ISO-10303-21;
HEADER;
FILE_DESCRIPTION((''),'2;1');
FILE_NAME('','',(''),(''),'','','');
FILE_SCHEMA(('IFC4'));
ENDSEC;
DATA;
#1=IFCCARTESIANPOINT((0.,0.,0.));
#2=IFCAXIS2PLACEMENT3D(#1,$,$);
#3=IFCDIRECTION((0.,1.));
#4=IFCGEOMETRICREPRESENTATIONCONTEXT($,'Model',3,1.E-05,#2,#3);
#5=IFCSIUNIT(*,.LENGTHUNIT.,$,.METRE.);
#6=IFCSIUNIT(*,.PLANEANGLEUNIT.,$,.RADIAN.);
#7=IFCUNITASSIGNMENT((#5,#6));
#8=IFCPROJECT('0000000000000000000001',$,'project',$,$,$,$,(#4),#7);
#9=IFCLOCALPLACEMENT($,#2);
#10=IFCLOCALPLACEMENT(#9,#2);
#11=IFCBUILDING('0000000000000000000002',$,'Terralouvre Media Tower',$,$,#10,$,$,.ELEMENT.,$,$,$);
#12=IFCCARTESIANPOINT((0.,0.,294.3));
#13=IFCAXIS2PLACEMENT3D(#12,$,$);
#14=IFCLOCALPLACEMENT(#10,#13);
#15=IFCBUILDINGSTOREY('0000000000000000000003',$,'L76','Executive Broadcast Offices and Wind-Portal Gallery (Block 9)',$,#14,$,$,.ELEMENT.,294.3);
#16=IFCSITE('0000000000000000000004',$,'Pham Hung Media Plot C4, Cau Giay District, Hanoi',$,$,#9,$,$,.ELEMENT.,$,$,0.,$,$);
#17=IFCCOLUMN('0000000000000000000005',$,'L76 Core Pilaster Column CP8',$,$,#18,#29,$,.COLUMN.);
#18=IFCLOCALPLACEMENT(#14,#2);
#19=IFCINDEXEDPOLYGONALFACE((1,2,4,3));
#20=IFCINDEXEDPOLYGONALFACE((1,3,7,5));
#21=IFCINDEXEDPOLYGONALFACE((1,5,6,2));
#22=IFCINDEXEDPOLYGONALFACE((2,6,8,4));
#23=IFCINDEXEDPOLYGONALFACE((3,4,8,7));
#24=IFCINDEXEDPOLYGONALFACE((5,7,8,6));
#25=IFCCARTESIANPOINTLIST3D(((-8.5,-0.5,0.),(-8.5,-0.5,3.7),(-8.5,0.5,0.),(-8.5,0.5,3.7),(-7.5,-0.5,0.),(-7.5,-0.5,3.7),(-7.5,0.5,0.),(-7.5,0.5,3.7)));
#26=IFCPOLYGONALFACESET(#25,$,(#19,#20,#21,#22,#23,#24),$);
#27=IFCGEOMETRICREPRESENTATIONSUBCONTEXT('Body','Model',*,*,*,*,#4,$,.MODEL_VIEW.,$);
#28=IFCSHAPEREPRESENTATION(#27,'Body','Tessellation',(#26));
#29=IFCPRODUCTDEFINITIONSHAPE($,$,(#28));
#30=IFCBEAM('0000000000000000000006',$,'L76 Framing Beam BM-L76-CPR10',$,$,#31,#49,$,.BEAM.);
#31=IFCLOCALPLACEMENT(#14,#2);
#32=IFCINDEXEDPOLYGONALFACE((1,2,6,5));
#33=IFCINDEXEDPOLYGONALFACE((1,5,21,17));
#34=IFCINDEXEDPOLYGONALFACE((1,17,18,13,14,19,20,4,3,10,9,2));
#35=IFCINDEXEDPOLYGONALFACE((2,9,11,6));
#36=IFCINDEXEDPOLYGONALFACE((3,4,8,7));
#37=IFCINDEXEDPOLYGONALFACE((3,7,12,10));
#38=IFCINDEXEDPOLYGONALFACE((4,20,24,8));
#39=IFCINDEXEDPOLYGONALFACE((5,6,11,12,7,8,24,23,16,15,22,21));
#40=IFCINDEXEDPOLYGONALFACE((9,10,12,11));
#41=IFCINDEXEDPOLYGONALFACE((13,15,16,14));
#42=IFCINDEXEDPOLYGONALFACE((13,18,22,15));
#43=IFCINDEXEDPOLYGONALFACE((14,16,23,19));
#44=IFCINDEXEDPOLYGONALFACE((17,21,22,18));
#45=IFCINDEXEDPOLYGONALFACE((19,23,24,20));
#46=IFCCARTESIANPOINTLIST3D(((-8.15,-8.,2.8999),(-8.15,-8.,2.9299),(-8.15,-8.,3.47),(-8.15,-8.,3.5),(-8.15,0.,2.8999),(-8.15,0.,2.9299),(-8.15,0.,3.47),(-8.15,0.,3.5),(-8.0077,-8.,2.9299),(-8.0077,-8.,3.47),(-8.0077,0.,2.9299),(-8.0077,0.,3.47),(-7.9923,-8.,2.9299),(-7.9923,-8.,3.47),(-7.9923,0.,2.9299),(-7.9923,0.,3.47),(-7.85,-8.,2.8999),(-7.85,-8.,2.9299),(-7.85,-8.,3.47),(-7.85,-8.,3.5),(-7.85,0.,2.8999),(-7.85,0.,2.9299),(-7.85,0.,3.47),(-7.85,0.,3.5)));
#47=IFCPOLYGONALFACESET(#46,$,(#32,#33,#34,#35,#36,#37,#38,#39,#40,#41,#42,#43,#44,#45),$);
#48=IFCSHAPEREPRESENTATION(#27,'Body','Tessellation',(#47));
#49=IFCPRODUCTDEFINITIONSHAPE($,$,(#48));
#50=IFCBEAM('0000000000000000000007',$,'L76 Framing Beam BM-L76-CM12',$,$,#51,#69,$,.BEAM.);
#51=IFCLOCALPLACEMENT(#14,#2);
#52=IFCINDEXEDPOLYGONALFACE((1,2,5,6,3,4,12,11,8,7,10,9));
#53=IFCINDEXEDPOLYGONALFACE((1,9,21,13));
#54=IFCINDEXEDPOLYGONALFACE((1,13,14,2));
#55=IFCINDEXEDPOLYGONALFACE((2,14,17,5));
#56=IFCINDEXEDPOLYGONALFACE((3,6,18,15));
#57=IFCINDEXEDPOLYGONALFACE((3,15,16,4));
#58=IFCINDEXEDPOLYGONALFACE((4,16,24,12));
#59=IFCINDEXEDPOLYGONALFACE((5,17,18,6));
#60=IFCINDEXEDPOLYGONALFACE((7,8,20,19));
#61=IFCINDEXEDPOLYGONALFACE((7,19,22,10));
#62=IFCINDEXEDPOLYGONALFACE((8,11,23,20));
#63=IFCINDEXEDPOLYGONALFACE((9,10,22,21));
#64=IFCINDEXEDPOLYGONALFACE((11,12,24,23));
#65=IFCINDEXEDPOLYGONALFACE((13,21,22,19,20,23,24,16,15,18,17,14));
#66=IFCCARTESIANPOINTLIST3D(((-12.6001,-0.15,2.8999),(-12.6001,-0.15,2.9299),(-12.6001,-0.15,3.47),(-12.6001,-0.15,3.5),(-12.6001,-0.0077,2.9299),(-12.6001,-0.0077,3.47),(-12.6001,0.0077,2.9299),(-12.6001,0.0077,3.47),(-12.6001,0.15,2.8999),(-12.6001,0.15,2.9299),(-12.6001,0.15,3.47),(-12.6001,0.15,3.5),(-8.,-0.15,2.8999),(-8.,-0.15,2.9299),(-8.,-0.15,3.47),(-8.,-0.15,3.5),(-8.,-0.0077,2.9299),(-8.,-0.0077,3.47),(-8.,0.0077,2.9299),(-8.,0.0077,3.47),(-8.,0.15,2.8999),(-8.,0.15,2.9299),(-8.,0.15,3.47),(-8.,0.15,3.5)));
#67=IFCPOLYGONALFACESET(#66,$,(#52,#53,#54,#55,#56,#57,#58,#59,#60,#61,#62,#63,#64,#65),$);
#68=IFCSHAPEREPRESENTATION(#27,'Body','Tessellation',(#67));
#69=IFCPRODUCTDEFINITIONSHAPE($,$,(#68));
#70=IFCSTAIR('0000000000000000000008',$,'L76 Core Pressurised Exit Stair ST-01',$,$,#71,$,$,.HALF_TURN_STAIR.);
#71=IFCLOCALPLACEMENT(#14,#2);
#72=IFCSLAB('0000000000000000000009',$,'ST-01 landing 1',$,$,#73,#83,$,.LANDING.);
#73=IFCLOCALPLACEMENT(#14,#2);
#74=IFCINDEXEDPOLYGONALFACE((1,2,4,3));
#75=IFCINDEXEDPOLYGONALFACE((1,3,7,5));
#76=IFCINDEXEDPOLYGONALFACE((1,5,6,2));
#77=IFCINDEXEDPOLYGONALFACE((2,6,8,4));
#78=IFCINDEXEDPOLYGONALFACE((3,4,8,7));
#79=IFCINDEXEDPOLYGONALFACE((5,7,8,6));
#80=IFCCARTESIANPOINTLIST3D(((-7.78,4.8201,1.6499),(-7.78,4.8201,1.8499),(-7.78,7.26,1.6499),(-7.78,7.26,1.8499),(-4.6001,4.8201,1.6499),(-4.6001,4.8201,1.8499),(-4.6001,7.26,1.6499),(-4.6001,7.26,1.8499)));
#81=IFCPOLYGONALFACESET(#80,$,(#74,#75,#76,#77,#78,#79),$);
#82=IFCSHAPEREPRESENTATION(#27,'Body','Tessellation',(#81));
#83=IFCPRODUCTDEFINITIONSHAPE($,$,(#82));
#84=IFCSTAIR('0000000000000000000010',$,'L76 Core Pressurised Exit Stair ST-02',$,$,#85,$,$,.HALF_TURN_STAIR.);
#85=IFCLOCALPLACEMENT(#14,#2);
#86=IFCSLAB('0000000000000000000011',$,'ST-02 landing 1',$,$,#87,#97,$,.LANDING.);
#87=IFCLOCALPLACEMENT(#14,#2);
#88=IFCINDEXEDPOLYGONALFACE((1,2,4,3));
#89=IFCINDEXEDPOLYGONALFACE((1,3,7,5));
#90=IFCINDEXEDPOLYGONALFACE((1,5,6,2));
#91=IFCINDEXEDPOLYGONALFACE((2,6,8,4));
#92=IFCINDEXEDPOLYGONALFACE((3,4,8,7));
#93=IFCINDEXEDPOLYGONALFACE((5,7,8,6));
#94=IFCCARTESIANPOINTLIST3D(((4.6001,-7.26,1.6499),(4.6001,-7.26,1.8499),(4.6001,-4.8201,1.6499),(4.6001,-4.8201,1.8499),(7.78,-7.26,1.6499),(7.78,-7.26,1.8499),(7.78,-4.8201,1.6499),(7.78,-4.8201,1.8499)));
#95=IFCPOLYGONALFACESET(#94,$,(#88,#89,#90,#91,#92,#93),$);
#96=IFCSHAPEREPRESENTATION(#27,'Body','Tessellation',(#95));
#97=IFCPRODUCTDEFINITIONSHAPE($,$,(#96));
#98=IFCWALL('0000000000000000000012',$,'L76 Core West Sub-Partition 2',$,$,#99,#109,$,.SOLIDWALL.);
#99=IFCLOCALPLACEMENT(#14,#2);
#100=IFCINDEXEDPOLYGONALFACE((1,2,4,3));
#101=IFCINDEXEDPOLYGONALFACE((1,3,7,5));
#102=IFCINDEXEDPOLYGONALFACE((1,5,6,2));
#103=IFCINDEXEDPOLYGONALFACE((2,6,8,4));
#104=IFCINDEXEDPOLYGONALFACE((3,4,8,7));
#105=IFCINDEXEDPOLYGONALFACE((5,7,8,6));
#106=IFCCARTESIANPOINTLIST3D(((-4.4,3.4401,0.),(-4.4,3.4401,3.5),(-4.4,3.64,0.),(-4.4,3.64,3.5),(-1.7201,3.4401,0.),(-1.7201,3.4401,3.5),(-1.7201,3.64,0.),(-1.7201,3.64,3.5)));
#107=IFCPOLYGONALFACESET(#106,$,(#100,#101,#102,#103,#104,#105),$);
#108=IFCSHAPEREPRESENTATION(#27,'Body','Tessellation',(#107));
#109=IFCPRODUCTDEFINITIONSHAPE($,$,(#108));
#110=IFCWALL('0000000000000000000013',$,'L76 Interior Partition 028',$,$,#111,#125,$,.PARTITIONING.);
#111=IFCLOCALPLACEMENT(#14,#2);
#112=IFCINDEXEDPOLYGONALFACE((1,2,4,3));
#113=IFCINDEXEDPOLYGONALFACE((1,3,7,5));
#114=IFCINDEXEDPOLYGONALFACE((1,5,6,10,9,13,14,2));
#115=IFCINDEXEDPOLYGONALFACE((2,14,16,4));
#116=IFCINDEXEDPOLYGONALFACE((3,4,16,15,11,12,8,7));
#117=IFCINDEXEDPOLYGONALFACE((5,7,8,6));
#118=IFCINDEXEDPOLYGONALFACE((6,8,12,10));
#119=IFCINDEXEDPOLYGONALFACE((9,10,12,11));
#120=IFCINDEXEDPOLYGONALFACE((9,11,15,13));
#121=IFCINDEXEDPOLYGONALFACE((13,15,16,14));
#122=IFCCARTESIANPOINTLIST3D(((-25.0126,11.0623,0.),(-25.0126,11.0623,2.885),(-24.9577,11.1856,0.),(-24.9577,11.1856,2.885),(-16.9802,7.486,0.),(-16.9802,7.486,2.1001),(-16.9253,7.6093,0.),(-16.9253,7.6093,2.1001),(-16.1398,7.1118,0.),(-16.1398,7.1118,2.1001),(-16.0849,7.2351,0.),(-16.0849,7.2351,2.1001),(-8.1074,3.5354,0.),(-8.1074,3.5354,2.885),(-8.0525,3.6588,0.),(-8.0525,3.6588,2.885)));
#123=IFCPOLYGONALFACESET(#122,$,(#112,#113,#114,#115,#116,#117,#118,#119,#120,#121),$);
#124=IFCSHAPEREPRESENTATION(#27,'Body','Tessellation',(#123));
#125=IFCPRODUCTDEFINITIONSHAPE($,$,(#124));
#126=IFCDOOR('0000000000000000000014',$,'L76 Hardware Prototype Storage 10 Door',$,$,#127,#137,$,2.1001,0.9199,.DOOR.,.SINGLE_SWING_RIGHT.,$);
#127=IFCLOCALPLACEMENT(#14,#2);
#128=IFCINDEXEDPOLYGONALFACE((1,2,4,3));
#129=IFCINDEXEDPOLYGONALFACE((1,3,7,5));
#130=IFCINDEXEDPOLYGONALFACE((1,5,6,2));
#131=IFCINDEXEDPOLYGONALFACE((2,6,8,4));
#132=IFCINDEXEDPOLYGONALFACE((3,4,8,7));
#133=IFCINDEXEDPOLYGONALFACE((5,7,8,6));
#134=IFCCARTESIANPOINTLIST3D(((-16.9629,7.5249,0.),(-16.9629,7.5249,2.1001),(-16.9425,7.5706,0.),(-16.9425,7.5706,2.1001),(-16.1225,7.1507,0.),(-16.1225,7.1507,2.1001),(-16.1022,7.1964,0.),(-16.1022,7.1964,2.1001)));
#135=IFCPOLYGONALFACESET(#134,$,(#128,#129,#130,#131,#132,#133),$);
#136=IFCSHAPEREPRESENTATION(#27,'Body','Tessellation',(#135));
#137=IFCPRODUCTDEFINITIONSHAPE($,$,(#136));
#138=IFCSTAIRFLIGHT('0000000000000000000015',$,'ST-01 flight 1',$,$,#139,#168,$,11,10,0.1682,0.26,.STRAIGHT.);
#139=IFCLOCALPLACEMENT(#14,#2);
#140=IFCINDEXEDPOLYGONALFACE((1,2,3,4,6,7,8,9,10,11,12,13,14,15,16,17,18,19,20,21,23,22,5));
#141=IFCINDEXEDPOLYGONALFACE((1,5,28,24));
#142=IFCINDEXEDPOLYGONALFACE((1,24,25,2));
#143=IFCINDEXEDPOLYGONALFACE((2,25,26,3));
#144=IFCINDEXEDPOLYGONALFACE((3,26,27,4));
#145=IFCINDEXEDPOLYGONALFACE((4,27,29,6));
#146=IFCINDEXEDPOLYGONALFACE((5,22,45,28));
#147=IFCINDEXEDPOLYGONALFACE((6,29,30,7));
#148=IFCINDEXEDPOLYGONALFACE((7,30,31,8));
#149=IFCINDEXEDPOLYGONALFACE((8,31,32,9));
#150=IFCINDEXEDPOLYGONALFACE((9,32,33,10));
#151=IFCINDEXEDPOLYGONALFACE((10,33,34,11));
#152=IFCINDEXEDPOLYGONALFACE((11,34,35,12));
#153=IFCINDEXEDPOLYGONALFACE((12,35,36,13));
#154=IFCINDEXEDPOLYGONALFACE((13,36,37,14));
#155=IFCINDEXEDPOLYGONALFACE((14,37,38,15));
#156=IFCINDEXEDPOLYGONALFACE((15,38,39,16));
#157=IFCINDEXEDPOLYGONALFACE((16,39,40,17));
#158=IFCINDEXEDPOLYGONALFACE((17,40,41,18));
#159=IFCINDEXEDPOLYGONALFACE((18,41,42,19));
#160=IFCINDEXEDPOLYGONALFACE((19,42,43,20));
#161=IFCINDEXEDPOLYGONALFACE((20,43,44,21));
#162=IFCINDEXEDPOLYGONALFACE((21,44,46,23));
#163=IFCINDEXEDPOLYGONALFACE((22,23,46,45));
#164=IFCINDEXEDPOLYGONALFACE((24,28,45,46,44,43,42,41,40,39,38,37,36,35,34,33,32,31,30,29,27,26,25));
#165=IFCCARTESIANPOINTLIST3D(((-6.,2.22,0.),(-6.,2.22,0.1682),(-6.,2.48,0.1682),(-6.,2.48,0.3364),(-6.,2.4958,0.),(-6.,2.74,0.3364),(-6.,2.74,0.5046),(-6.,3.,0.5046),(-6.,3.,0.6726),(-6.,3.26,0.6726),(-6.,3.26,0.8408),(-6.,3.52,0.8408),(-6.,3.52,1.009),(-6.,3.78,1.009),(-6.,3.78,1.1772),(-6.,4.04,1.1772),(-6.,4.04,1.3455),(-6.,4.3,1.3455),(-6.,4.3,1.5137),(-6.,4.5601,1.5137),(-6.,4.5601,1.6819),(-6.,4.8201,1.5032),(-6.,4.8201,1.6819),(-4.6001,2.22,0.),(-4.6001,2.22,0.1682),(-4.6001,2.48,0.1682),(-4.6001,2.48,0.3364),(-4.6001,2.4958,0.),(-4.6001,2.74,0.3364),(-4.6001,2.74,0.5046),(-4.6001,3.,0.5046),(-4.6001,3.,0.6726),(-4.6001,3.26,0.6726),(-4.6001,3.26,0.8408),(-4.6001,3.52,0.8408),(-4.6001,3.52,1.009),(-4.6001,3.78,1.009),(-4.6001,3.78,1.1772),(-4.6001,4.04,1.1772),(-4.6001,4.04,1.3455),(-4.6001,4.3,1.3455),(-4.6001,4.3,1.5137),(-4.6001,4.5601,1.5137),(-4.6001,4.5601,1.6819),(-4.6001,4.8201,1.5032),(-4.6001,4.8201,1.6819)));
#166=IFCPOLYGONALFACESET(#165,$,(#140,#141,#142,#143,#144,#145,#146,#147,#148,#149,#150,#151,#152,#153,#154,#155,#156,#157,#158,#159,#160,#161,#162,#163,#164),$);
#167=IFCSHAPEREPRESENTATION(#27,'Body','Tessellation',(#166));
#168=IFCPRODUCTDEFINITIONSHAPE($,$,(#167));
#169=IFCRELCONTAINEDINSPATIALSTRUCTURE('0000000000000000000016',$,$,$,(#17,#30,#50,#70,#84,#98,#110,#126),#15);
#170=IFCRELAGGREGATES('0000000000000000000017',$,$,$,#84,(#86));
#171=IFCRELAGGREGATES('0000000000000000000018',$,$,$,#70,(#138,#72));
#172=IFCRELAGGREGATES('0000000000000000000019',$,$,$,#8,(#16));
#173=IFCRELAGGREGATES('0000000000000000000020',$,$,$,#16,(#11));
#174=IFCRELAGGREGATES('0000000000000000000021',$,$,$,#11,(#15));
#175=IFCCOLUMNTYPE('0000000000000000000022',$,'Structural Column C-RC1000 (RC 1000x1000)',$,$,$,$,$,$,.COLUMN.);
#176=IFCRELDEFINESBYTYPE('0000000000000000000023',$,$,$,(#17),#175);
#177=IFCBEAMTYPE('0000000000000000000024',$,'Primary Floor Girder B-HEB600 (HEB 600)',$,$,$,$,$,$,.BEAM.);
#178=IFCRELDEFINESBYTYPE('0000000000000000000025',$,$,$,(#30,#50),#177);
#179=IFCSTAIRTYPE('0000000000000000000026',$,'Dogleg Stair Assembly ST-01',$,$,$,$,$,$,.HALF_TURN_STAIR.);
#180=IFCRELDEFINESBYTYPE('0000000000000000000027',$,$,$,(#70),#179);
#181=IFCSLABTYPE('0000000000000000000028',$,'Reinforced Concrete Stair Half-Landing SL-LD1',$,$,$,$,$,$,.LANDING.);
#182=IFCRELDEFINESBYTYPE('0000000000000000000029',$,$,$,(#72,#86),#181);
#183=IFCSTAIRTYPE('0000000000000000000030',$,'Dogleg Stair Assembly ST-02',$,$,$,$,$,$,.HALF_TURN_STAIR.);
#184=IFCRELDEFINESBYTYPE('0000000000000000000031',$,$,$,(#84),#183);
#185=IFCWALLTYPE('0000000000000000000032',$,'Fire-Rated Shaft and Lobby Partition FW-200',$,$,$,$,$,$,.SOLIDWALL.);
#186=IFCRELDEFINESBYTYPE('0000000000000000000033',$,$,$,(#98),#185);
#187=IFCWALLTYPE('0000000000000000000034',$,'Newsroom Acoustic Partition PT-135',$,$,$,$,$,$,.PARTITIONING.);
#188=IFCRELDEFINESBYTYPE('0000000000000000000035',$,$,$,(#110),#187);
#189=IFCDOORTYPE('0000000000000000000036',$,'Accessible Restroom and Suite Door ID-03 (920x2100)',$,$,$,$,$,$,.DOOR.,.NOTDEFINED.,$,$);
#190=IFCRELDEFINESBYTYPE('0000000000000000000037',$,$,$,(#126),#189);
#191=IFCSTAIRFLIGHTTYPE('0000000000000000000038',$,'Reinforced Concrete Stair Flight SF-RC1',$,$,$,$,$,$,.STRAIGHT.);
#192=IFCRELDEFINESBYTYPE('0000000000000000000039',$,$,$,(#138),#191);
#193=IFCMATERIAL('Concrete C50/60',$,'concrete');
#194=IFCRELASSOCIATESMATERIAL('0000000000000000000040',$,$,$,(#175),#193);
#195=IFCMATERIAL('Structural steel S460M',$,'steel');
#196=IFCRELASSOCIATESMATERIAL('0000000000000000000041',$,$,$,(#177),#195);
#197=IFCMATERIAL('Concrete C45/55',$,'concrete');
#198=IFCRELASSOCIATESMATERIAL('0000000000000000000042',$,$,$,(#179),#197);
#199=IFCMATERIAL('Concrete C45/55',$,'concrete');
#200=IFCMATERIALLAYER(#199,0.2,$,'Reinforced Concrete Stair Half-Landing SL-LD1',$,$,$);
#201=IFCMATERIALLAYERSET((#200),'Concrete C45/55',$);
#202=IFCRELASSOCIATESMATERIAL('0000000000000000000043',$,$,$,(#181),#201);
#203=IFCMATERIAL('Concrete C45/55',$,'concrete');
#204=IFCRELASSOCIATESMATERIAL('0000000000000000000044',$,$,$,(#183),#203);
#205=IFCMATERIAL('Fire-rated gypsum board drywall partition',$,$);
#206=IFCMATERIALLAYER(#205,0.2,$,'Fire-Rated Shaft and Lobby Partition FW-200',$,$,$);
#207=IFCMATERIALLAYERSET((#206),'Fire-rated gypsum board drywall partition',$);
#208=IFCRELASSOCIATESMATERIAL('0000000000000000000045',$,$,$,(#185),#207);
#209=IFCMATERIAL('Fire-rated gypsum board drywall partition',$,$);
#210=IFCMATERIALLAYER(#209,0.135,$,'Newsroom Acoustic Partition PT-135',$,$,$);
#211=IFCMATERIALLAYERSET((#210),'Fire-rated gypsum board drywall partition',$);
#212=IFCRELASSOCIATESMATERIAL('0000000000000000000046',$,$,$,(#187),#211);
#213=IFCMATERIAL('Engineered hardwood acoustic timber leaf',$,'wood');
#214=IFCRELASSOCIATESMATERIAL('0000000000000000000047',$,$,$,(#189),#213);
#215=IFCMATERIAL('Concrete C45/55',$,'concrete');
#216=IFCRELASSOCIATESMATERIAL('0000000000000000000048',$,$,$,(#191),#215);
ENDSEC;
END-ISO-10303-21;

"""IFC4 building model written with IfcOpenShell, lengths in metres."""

from ifc_helpers import new_model, si_unit, direction, frame, frame_2d, origin, origin_2d, place, context, subcontext, project, spatial, polyline, rectangle, i_section, outline, extrude, material, layer, layer_set, material_profile, profile_set, type_object, element, fill, aggregate, save


model = new_model("IFC4")

# Units and contexts
model_context = context("Model", 3, precision=1e-05, world=origin(), true_north=direction((0.0, 1.0)))
body_context = subcontext(model_context, "Body", "Model", "MODEL_VIEW")
ifc_project = project(units=[si_unit("LENGTHUNIT", "METRE"), si_unit("PLANEANGLEUNIT", "RADIAN")], contexts=[model_context])

# Site, building, storey
site_placement = place(None, origin())
site = spatial("IfcSite", under=ifc_project, at=site_placement, Name="Pham Hung Media Plot C4, Cau Giay District, Hanoi", CompositionType="ELEMENT", RefElevation=0.0)
building_placement = place(site_placement, origin())
building = spatial("IfcBuilding", under=site, at=building_placement, Name="Terralouvre Media Tower", CompositionType="ELEMENT")
storey_placement = place(building_placement, frame((0.0, 0.0, 294.3)))
storey = spatial("IfcBuildingStorey", under=building, at=storey_placement, Name="L76", Description="Executive Broadcast Offices and Wind-Portal Gallery (Block 9)", CompositionType="ELEMENT", Elevation=294.3)

# Column
ifc_material_1 = material(Name="Concrete C50/60", Category="concrete")
ifc_material_profile_1 = material_profile(ifc_material_1, rectangle(XDim=1.0, YDim=1.0, at=origin_2d()), Name="RC 1000x1000")
ifc_profile_set_1 = profile_set([ifc_material_profile_1], Name="Concrete C50/60")
column_type = type_object("IfcColumnType", Name="Structural Column C-RC1000 (RC 1000x1000)", PredefinedType="COLUMN", material=ifc_profile_set_1)
column_placement = place(storey_placement, frame((-8.0, 0.0, 0.0), z_axis=(0.0, 0.0, 1.0), x_axis=(1.0, 0.0, 0.0)))
element("IfcColumn", 1, at=column_placement, inside=storey, type_object=column_type, Name="L76 Core Pilaster Column CP8", PredefinedType="COLUMN", context=body_context, shape_type="SweptSolid", body=[
    extrude(rectangle(XDim=1.0, YDim=1.0, at=origin_2d()), origin(), (0.0, 0.0, 1.0), 3.7),
])

# Beams
ifc_material_2 = material(Name="Structural steel S460M", Category="steel")
ifc_material_profile_2 = material_profile(ifc_material_2, i_section(OverallWidth=0.3, OverallDepth=0.6001, WebThickness=0.0154, FlangeThickness=0.03, at=origin_2d()), Name="HEB 600")
ifc_profile_set_2 = profile_set([ifc_material_profile_2], Name="Structural steel S460M")
beam_type = type_object("IfcBeamType", Name="Primary Floor Girder B-HEB600 (HEB 600)", PredefinedType="BEAM", material=ifc_profile_set_2)
beam_1_placement = place(storey_placement, frame((-8.0, 0.0, 3.2), z_axis=(0.0, -1.0, 0.0), x_axis=(1.0, 0.0, 0.0)))
element("IfcBeam", 2, at=beam_1_placement, inside=storey, type_object=beam_type, Name="L76 Framing Beam BM-L76-CPR10", PredefinedType="BEAM", context=body_context, shape_type="SweptSolid", body=[
    extrude(i_section(OverallWidth=0.3, OverallDepth=0.6001, WebThickness=0.0154, FlangeThickness=0.03, at=origin_2d()), origin(), (0.0, 0.0, 1.0), 8.0),
])
beam_2_placement = place(storey_placement, frame((-8.0, 0.0, 3.2), z_axis=(-1.0, 0.0, 0.0), x_axis=(0.0, -1.0, 0.0)))
element("IfcBeam", 3, at=beam_2_placement, inside=storey, type_object=beam_type, Name="L76 Framing Beam BM-L76-CM12", PredefinedType="BEAM", context=body_context, shape_type="SweptSolid", body=[
    extrude(i_section(OverallWidth=0.3, OverallDepth=0.6001, WebThickness=0.0154, FlangeThickness=0.03, at=origin_2d()), origin(), (0.0, 0.0, 1.0), 4.6001),
])

# Stairs, slabs
ifc_material_3 = material(Name="Concrete C45/55", Category="concrete")
stair_type_1 = type_object("IfcStairType", Name="Dogleg Stair Assembly ST-01", PredefinedType="HALF_TURN_STAIR", material=ifc_material_3)
stair_1_placement = place(storey_placement, origin())
stair_1 = element("IfcStair", 4, at=stair_1_placement, inside=storey, type_object=stair_type_1, Name="L76 Core Pressurised Exit Stair ST-01", PredefinedType="HALF_TURN_STAIR")
ifc_material_4 = material(Name="Concrete C45/55", Category="concrete")
ifc_layer_1 = layer(ifc_material_4, 0.2, Name="Reinforced Concrete Stair Half-Landing SL-LD1")
ifc_layer_set_1 = layer_set([ifc_layer_1], Name="Concrete C45/55")
slab_type_1 = type_object("IfcSlabType", Name="Reinforced Concrete Stair Half-Landing SL-LD1", PredefinedType="LANDING", material=ifc_layer_set_1)
slab_1_placement = place(storey_placement, frame((0.0, 0.0, 1.6499)))
slab_1 = element("IfcSlab", 5, at=slab_1_placement, type_object=slab_type_1, Name="ST-01 landing 1", PredefinedType="LANDING", context=body_context, shape_type="SweptSolid", body=[
    extrude(outline(polyline([(-4.6001, 4.8201), (-4.6001, 7.26), (-7.78, 7.26), (-7.78, 4.8201), (-4.6001, 4.8201)])), origin(), (0.0, 0.0, 1.0), 0.2),
])
ifc_material_5 = material(Name="Concrete C45/55", Category="concrete")
stair_type_2 = type_object("IfcStairType", Name="Dogleg Stair Assembly ST-02", PredefinedType="HALF_TURN_STAIR", material=ifc_material_5)
stair_2_placement = place(storey_placement, origin())
stair_2 = element("IfcStair", 6, at=stair_2_placement, inside=storey, type_object=stair_type_2, Name="L76 Core Pressurised Exit Stair ST-02", PredefinedType="HALF_TURN_STAIR")
slab_2_placement = place(storey_placement, frame((0.0, 0.0, 1.6499)))
slab_2 = element("IfcSlab", 7, at=slab_2_placement, type_object=slab_type_1, Name="ST-02 landing 1", PredefinedType="LANDING", context=body_context, shape_type="SweptSolid", body=[
    extrude(outline(polyline([(4.6001, -4.8201), (4.6001, -7.26), (7.78, -7.26), (7.78, -4.8201), (4.6001, -4.8201)])), origin(), (0.0, 0.0, 1.0), 0.2),
])
aggregate(stair_2, [slab_2])

# Wall
ifc_material_6 = material(Name="Fire-rated gypsum board drywall partition")
ifc_layer_2 = layer(ifc_material_6, 0.2, Name="Fire-Rated Shaft and Lobby Partition FW-200")
ifc_layer_set_2 = layer_set([ifc_layer_2], Name="Fire-rated gypsum board drywall partition")
wall_type_1 = type_object("IfcWallType", Name="Fire-Rated Shaft and Lobby Partition FW-200", PredefinedType="SOLIDWALL", material=ifc_layer_set_2)
wall_1_placement = place(storey_placement, frame((-4.3999, 3.54, 0.0), z_axis=(0.0, 0.0, 1.0), x_axis=(1.0, 0.0, 0.0)))
element("IfcWall", 8, at=wall_1_placement, inside=storey, type_object=wall_type_1, Name="L76 Core West Sub-Partition 2", PredefinedType="SOLIDWALL", context=body_context, shape_type="SweptSolid", body=[
    extrude(rectangle(XDim=2.6799, YDim=0.2, at=frame_2d((1.3398, 0.0))), origin(), (0.0, 0.0, 1.0), 3.5),
])

# Wall, opening, door
ifc_material_7 = material(Name="Fire-rated gypsum board drywall partition")
ifc_layer_3 = layer(ifc_material_7, 0.135, Name="Newsroom Acoustic Partition PT-135")
ifc_layer_set_3 = layer_set([ifc_layer_3], Name="Fire-rated gypsum board drywall partition")
wall_type_2 = type_object("IfcWallType", Name="Newsroom Acoustic Partition PT-135", PredefinedType="PARTITIONING", material=ifc_layer_set_3)
wall_2_placement = place(storey_placement, frame((-8.0801, 3.5972, 0.0), z_axis=(0.0, 0.0, 1.0), x_axis=(-0.913543, 0.406743, 0.0)))
wall_2 = element("IfcWall", 9, at=wall_2_placement, inside=storey, type_object=wall_type_2, Name="L76 Interior Partition 028", PredefinedType="PARTITIONING", context=body_context, shape_type="SweptSolid", body=[
    extrude(rectangle(XDim=18.5051, YDim=0.135, at=frame_2d((9.2524, 0.0))), origin(), (0.0, 0.0, 1.0), 2.885),
])
opening_1_placement = place(wall_2_placement, frame((8.7925, 0.0, 0.0)))
opening_1 = element("IfcOpeningElement", 10, at=opening_1_placement, cuts=wall_2, PredefinedType="OPENING", context=body_context, shape_type="SweptSolid", body=[
    extrude(rectangle(XDim=0.9199, YDim=2.1001, at=frame_2d((0.46, 1.05))), frame((0.0, 0.0774, 0.0), z_axis=(0.0, -1.0, 0.0), x_axis=(1.0, 0.0, 0.0)), (0.0, 0.0, 1.0), 0.155),
])
ifc_material_8 = material(Name="Engineered hardwood acoustic timber leaf", Category="wood")
door_type_1 = type_object("IfcDoorType", Name="Accessible Restroom and Suite Door ID-03 (920x2100)", OperationType="NOTDEFINED", PredefinedType="DOOR", material=ifc_material_8)
door_1_placement = place(opening_1_placement, origin())
door_1 = element("IfcDoor", 11, at=door_1_placement, inside=storey, type_object=door_type_1, Name="L76 Hardware Prototype Storage 10 Door", OperationType="SINGLE_SWING_RIGHT", OverallHeight=2.1001, OverallWidth=0.9199, PredefinedType="DOOR", context=body_context, shape_type="SweptSolid", body=[
    extrude(rectangle(XDim=0.9199, YDim=2.1001, at=frame_2d((0.46, 1.05))), frame((0.0, 0.0249, 0.0), z_axis=(0.0, -1.0, 0.0), x_axis=(1.0, 0.0, 0.0)), (0.0, 0.0, 1.0), 0.05),
])
fill(opening_1, door_1)

# Stair flight
ifc_material_9 = material(Name="Concrete C45/55", Category="concrete")
stair_flight_type = type_object("IfcStairFlightType", Name="Reinforced Concrete Stair Flight SF-RC1", PredefinedType="STRAIGHT", material=ifc_material_9)
stair_flight_1_placement = place(storey_placement, frame((-5.3, 2.22, 0.0), z_axis=(0.0, 0.0, 1.0), x_axis=(0.0, 1.0, 0.0)))
stair_flight_1 = element("IfcStairFlight", 12, at=stair_flight_1_placement, type_object=stair_flight_type, Name="ST-01 flight 1", NumberOfRisers=11, NumberOfTreads=10, PredefinedType="STRAIGHT", RiserHeight=0.1682, TreadLength=0.26, context=body_context, shape_type="SweptSolid", body=[
    extrude(outline(polyline([(0.0, 0.0), (0.0, 0.1682), (0.26, 0.1682), (0.26, 0.3364), (0.52, 0.3364), (0.52, 0.5046), (0.78, 0.5046), (0.78, 0.6726), (1.04, 0.6726), (1.04, 0.8408), (1.3, 0.8408), (1.3, 1.009), (1.5601, 1.009), (1.5601, 1.1772), (1.8201, 1.1772), (1.8201, 1.3455), (2.0801, 1.3455), (2.0801, 1.5137), (2.3401, 1.5137), (2.3401, 1.6819), (2.6001, 1.6819), (2.6001, 1.8501), (2.6001, 1.5032), (0.2759, 0.0), (0.0, 0.0)])), frame((0.0, 0.7, 0.0), z_axis=(0.0, -1.0, 0.0), x_axis=(1.0, 0.0, 0.0)), (0.0, 0.0, 1.0), 1.3999),
])
aggregate(stair_1, [stair_flight_1, slab_1])

save(model, "model.ifc")
